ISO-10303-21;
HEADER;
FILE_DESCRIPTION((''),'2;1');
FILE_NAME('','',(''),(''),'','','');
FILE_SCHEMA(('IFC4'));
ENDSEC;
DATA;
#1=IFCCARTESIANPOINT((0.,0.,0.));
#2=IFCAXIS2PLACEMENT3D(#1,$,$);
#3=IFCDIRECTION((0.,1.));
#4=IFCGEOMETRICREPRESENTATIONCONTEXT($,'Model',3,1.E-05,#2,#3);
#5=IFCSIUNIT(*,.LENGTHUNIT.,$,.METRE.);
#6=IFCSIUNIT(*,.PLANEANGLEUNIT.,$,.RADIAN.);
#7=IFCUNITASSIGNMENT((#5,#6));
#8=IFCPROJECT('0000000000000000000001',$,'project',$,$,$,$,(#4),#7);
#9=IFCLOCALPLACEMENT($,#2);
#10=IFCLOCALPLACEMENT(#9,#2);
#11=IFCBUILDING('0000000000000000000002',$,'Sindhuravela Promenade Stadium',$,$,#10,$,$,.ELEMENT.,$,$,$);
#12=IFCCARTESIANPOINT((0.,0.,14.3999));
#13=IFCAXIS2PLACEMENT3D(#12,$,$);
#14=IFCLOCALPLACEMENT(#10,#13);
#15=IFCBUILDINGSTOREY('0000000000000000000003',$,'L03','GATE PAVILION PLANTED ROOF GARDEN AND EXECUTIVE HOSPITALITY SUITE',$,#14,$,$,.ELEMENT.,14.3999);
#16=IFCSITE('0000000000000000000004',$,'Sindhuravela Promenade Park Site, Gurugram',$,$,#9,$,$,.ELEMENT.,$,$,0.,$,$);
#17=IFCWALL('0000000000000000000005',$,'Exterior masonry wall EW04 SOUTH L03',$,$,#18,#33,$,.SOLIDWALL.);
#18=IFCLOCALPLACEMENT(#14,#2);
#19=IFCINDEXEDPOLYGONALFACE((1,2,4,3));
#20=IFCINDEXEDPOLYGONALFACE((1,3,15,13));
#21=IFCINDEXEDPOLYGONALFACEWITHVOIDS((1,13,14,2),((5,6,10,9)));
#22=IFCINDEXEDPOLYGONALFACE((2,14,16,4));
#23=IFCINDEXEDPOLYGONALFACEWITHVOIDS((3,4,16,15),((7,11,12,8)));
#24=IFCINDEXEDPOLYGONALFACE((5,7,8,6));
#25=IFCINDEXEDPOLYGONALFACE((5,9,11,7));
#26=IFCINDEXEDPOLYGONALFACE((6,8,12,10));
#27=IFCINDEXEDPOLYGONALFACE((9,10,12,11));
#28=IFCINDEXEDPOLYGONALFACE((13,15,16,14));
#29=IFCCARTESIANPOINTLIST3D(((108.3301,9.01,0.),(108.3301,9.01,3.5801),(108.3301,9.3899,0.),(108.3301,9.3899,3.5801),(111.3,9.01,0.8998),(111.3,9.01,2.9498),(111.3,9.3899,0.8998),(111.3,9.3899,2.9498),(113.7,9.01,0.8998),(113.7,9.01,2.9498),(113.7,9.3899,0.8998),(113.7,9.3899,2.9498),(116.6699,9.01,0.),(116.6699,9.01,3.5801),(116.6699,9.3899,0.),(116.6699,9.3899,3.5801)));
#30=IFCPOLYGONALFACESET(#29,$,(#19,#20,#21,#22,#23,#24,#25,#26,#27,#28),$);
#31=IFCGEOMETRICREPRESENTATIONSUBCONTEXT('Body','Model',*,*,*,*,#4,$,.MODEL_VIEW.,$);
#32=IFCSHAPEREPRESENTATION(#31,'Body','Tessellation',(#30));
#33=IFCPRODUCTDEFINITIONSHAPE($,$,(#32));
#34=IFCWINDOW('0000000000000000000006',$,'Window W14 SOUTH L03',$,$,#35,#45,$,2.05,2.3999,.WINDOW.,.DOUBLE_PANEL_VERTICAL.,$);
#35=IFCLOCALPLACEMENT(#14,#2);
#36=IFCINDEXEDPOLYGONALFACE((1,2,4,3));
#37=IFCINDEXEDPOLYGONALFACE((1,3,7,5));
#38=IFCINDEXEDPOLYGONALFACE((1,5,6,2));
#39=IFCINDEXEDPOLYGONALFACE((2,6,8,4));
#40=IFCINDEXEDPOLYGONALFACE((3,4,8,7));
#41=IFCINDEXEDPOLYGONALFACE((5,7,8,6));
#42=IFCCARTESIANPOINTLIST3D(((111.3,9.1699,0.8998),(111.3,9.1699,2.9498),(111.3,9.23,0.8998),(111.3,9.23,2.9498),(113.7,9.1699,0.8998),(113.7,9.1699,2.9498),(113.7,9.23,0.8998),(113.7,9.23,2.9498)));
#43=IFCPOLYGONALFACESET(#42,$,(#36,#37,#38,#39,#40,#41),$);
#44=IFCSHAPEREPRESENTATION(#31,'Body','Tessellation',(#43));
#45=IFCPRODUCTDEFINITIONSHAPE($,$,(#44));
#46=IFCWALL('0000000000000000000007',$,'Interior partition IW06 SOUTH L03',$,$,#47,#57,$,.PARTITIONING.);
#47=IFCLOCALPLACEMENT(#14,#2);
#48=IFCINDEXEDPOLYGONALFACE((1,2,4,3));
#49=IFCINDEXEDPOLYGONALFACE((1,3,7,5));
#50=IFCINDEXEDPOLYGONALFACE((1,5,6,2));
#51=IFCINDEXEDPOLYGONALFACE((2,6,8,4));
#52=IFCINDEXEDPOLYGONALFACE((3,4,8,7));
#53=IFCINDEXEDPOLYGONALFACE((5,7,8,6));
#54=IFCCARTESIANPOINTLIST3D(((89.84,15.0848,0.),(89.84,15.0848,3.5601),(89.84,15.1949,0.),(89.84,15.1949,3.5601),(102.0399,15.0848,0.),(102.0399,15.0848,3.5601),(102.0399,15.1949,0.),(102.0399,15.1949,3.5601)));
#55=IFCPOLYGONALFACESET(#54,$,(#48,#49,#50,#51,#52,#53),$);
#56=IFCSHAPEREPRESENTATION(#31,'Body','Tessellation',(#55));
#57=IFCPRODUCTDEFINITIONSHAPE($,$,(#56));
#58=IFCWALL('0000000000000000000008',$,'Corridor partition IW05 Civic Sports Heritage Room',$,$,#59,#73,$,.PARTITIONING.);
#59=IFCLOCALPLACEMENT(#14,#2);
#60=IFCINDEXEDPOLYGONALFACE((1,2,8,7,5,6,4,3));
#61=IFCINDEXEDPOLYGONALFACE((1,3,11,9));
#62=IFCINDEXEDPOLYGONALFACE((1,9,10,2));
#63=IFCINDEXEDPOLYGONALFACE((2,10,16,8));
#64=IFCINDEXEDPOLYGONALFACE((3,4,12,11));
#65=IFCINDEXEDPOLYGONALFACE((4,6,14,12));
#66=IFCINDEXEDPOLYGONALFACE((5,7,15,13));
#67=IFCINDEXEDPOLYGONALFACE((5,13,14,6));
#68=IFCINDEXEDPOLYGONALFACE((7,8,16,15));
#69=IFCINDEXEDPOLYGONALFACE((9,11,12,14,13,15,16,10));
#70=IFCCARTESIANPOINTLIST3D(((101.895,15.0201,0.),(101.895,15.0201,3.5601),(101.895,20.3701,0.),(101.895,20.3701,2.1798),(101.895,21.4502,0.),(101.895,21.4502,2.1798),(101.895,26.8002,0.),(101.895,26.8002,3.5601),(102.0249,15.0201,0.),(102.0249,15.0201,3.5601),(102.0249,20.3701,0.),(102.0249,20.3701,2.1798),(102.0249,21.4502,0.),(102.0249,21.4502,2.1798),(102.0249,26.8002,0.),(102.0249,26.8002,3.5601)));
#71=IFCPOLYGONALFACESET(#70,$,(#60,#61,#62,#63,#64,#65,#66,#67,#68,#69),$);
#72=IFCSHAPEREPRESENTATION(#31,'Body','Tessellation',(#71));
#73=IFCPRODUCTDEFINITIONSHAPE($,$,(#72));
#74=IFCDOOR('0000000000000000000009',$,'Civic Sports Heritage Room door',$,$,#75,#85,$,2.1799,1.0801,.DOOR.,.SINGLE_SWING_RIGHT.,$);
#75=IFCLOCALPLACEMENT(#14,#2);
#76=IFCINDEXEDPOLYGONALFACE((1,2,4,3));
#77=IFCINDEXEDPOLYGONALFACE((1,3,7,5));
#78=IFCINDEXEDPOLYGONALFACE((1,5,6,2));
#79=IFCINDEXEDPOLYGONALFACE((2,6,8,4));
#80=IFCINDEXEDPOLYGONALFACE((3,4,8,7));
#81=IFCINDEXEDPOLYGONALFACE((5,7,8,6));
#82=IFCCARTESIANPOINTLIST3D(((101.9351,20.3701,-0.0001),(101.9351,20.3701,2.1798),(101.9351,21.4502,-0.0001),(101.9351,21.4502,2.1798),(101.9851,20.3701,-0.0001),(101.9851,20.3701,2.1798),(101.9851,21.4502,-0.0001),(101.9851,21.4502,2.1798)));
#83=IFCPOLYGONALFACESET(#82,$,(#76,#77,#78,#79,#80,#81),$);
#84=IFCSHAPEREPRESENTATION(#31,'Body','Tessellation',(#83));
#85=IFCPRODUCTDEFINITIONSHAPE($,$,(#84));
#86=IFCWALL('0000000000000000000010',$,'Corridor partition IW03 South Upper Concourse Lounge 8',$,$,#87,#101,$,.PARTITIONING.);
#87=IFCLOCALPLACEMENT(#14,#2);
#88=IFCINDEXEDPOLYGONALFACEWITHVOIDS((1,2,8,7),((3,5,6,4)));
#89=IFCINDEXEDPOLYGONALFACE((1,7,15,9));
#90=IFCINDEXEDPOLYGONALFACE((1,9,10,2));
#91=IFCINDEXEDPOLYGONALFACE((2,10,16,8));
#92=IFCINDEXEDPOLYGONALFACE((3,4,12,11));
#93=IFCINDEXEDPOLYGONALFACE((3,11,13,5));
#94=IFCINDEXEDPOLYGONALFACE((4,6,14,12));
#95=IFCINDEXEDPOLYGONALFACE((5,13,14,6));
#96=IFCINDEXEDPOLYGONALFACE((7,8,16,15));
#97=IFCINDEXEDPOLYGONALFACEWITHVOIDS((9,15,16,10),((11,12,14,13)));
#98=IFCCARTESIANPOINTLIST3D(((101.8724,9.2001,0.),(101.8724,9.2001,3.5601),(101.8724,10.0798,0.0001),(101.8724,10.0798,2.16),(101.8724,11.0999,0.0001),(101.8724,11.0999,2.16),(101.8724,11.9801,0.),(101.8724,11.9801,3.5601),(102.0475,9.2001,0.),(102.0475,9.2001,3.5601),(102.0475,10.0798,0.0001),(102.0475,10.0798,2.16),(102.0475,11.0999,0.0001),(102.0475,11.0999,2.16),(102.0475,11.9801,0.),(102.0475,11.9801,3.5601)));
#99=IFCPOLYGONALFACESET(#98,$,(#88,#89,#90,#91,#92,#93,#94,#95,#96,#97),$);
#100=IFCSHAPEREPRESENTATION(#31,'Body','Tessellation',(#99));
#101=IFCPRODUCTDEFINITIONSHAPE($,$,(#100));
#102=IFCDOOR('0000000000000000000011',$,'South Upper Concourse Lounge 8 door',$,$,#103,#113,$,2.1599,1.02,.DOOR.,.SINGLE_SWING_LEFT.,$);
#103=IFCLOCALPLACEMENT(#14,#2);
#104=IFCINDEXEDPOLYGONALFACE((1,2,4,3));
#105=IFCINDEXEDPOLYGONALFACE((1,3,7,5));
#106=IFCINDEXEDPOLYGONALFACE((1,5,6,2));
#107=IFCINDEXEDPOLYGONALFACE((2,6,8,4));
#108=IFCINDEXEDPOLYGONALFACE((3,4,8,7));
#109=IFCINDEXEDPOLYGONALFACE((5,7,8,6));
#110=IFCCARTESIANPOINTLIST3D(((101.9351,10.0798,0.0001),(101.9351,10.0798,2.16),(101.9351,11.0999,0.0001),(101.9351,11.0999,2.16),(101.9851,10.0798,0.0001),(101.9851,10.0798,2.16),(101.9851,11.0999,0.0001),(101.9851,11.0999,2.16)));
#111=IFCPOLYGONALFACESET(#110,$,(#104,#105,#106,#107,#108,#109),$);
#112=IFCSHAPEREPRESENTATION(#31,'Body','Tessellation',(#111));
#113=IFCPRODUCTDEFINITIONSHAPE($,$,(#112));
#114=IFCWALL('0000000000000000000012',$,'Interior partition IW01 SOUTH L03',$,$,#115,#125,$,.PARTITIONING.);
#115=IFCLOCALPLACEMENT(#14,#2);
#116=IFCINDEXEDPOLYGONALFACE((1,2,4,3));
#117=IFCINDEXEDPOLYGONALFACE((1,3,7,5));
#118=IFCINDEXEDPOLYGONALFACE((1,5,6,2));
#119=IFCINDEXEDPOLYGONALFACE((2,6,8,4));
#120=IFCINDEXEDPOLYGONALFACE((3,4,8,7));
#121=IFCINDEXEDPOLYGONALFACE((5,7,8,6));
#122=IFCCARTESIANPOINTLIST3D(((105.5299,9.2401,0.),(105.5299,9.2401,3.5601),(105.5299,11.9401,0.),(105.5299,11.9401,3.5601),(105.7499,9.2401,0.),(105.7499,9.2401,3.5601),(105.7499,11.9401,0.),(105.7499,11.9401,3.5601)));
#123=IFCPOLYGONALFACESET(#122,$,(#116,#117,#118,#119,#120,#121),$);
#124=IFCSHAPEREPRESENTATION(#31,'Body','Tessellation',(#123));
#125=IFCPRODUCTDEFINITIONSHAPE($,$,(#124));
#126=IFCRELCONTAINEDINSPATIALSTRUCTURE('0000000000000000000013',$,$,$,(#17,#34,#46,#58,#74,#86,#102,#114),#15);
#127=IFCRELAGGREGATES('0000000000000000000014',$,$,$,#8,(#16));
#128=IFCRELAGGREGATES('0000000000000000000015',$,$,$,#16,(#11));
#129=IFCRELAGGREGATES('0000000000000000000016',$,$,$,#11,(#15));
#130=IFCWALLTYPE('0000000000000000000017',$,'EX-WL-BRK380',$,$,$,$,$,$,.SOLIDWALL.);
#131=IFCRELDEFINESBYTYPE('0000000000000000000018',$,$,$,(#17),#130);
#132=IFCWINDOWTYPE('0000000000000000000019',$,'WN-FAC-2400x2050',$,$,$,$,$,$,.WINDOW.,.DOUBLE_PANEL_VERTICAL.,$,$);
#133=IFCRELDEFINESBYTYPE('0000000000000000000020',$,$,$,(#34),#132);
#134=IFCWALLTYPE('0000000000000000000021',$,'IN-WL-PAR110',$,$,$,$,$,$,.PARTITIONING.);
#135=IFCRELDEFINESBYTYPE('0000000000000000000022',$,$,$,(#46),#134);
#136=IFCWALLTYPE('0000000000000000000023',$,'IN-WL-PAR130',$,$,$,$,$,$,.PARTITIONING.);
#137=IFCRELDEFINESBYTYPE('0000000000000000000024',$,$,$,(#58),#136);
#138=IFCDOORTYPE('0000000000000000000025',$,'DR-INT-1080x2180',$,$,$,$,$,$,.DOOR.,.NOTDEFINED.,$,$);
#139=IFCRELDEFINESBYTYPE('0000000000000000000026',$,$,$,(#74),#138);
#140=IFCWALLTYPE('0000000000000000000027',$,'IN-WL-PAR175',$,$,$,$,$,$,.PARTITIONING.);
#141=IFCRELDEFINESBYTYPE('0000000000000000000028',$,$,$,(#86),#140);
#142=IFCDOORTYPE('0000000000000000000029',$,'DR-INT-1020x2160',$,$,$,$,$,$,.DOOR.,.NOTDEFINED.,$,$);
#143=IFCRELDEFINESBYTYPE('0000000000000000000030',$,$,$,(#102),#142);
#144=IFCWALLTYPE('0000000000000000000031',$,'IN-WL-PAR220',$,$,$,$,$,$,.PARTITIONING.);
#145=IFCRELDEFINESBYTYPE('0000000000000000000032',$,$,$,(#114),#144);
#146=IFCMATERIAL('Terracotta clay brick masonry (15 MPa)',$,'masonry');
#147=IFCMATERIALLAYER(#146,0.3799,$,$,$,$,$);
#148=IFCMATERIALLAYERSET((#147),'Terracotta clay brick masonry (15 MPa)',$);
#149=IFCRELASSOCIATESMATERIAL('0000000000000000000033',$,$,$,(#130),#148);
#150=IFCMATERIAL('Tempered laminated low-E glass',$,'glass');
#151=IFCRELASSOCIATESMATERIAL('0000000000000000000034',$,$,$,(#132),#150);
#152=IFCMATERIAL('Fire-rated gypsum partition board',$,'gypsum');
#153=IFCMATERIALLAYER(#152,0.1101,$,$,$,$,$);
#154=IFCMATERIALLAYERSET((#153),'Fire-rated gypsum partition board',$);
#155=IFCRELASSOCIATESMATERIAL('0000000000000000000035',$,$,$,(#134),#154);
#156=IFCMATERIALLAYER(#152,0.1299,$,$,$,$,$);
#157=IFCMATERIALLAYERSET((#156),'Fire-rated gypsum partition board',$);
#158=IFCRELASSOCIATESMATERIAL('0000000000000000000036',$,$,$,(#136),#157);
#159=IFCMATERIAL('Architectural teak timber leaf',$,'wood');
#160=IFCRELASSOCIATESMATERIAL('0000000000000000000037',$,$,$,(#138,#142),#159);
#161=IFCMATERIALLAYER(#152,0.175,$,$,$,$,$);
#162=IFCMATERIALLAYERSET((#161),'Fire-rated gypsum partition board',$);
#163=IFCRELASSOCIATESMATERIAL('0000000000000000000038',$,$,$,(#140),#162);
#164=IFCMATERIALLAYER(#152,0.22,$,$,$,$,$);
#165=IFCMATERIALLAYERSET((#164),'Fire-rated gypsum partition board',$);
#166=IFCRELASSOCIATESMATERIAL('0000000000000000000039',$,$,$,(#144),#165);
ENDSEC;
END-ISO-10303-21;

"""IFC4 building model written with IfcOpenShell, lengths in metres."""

from ifc_helpers import new_model, si_unit, direction, frame, frame_2d, origin, place, context, subcontext, project, spatial, rectangle, extrude, material, layer, layer_set, type_object, element, fill, save


model = new_model("IFC4")

# Units and contexts
model_context = context("Model", 3, precision=1e-05, world=origin(), true_north=direction((0.0, 1.0)))
body_context = subcontext(model_context, "Body", "Model", "MODEL_VIEW")
ifc_project = project(units=[si_unit("LENGTHUNIT", "METRE"), si_unit("PLANEANGLEUNIT", "RADIAN")], contexts=[model_context])

# Site, building, storey
site_placement = place(None, origin())
site = spatial("IfcSite", under=ifc_project, at=site_placement, Name="Sindhuravela Promenade Park Site, Gurugram", CompositionType="ELEMENT", RefElevation=0.0)
building_placement = place(site_placement, origin())
building = spatial("IfcBuilding", under=site, at=building_placement, Name="Sindhuravela Promenade Stadium", CompositionType="ELEMENT")
storey_placement = place(building_placement, frame((0.0, 0.0, 14.3999)))
storey = spatial("IfcBuildingStorey", under=building, at=storey_placement, Name="L03", Description="GATE PAVILION PLANTED ROOF GARDEN AND EXECUTIVE HOSPITALITY SUITE", CompositionType="ELEMENT", Elevation=14.3999)

# Wall, opening, window
ifc_material_1 = material(Name="Terracotta clay brick masonry (15 MPa)", Category="masonry")
ifc_material_2 = material(Name="Tempered laminated low-E glass", Category="glass")
ifc_layer_1 = layer(ifc_material_1, 0.3799)
ifc_layer_set_1 = layer_set([ifc_layer_1], Name="Terracotta clay brick masonry (15 MPa)")
wall_type_1 = type_object("IfcWallType", Name="EX-WL-BRK380", PredefinedType="SOLIDWALL", material=ifc_layer_set_1)
wall_1_placement = place(storey_placement, frame((116.6699, 9.2, 0.0), z_axis=(0.0, 0.0, 1.0), x_axis=(-1.0, 0.0, 0.0)))
wall_1 = element("IfcWall", 1, at=wall_1_placement, inside=storey, type_object=wall_type_1, Name="Exterior masonry wall EW04 SOUTH L03", PredefinedType="SOLIDWALL", context=body_context, shape_type="SweptSolid", body=[
    extrude(rectangle(XDim=8.3398, YDim=0.3799, at=frame_2d((4.1699, 0.0))), origin(), (0.0, 0.0, 1.0), 3.5801),
])
opening_1_placement = place(wall_1_placement, frame((2.97, 0.0, 0.8999)))
opening_1 = element("IfcOpeningElement", 2, at=opening_1_placement, cuts=wall_1, PredefinedType="OPENING", context=body_context, shape_type="SweptSolid", body=[
    extrude(rectangle(XDim=2.3999, YDim=2.05, at=frame_2d((1.2, 1.0249))), frame((0.0, 0.2, 0.0), z_axis=(0.0, -1.0, 0.0), x_axis=(1.0, 0.0, 0.0)), (0.0, 0.0, 1.0), 0.3999),
])
window_type_1 = type_object("IfcWindowType", Name="WN-FAC-2400x2050", PartitioningType="DOUBLE_PANEL_VERTICAL", PredefinedType="WINDOW", material=ifc_material_2)
window_1_placement = place(opening_1_placement, origin())
window_1 = element("IfcWindow", 3, at=window_1_placement, inside=storey, type_object=window_type_1, Name="Window W14 SOUTH L03", OverallHeight=2.05, OverallWidth=2.3999, PartitioningType="DOUBLE_PANEL_VERTICAL", PredefinedType="WINDOW", context=body_context, shape_type="SweptSolid", body=[
    extrude(rectangle(XDim=2.3999, YDim=2.05, at=frame_2d((1.2, 1.0249))), frame((0.0, 0.03, 0.0), z_axis=(0.0, -1.0, 0.0), x_axis=(1.0, 0.0, 0.0)), (0.0, 0.0, 1.0), 0.0601),
])
fill(opening_1, window_1)

# Wall
ifc_material_3 = material(Name="Fire-rated gypsum partition board", Category="gypsum")
ifc_layer_2 = layer(ifc_material_3, 0.1101)
ifc_layer_set_2 = layer_set([ifc_layer_2], Name="Fire-rated gypsum partition board")
wall_type_2 = type_object("IfcWallType", Name="IN-WL-PAR110", PredefinedType="PARTITIONING", material=ifc_layer_set_2)
wall_2_placement = place(storey_placement, frame((102.04, 15.1399, 0.0), z_axis=(0.0, 0.0, 1.0), x_axis=(-1.0, 0.0, 0.0)))
element("IfcWall", 4, at=wall_2_placement, inside=storey, type_object=wall_type_2, Name="Interior partition IW06 SOUTH L03", PredefinedType="PARTITIONING", context=body_context, shape_type="SweptSolid", body=[
    extrude(rectangle(XDim=12.2, YDim=0.1101, at=frame_2d((6.1001, 0.0))), origin(), (0.0, 0.0, 1.0), 3.5601),
])

# Walls, openings, doors
ifc_layer_3 = layer(ifc_material_3, 0.1299)
ifc_layer_set_3 = layer_set([ifc_layer_3], Name="Fire-rated gypsum partition board")
wall_type_3 = type_object("IfcWallType", Name="IN-WL-PAR130", PredefinedType="PARTITIONING", material=ifc_layer_set_3)
wall_3_placement = place(storey_placement, frame((101.96, 15.02, 0.0), z_axis=(0.0, 0.0, 1.0), x_axis=(0.0, 1.0, 0.0)))
wall_3 = element("IfcWall", 5, at=wall_3_placement, inside=storey, type_object=wall_type_3, Name="Corridor partition IW05 Civic Sports Heritage Room", PredefinedType="PARTITIONING", context=body_context, shape_type="SweptSolid", body=[
    extrude(rectangle(XDim=11.78, YDim=0.1299, at=frame_2d((5.8901, 0.0))), origin(), (0.0, 0.0, 1.0), 3.5601),
])
opening_2_placement = place(wall_3_placement, frame((5.3501, 0.0, 0.0)))
opening_2 = element("IfcOpeningElement", 6, at=opening_2_placement, cuts=wall_3, PredefinedType="OPENING", context=body_context, shape_type="SweptSolid", body=[
    extrude(rectangle(XDim=1.0801, YDim=2.1799, at=frame_2d((0.54, 1.0898))), frame((0.0, 0.075, 0.0), z_axis=(0.0, -1.0, 0.0), x_axis=(1.0, 0.0, 0.0)), (0.0, 0.0, 1.0), 0.1499),
])
ifc_material_4 = material(Name="Architectural teak timber leaf", Category="wood")
door_type_1 = type_object("IfcDoorType", Name="DR-INT-1080x2180", OperationType="NOTDEFINED", PredefinedType="DOOR", material=ifc_material_4)
door_1_placement = place(opening_2_placement, origin())
door_1 = element("IfcDoor", 7, at=door_1_placement, inside=storey, type_object=door_type_1, Name="Civic Sports Heritage Room door", OperationType="SINGLE_SWING_RIGHT", OverallHeight=2.1799, OverallWidth=1.0801, PredefinedType="DOOR", context=body_context, shape_type="SweptSolid", body=[
    extrude(rectangle(XDim=1.0801, YDim=2.1799, at=frame_2d((0.54, 1.0898))), frame((0.0, 0.0249, 0.0), z_axis=(0.0, -1.0, 0.0), x_axis=(1.0, 0.0, 0.0)), (0.0, 0.0, 1.0), 0.05),
])
fill(opening_2, door_1)
ifc_layer_4 = layer(ifc_material_3, 0.175)
ifc_layer_set_4 = layer_set([ifc_layer_4], Name="Fire-rated gypsum partition board")
wall_type_4 = type_object("IfcWallType", Name="IN-WL-PAR175", PredefinedType="PARTITIONING", material=ifc_layer_set_4)
wall_4_placement = place(storey_placement, frame((101.96, 9.2, 0.0), z_axis=(0.0, 0.0, 1.0), x_axis=(0.0, 1.0, 0.0)))
wall_4 = element("IfcWall", 8, at=wall_4_placement, inside=storey, type_object=wall_type_4, Name="Corridor partition IW03 South Upper Concourse Lounge 8", PredefinedType="PARTITIONING", context=body_context, shape_type="SweptSolid", body=[
    extrude(rectangle(XDim=2.78, YDim=0.175, at=frame_2d((1.3901, 0.0))), origin(), (0.0, 0.0, 1.0), 3.5601),
])
opening_3_placement = place(wall_4_placement, frame((0.8799, 0.0, 0.0)))
opening_3 = element("IfcOpeningElement", 9, at=opening_3_placement, cuts=wall_4, PredefinedType="OPENING", context=body_context, shape_type="SweptSolid", body=[
    extrude(rectangle(XDim=1.02, YDim=2.1599, at=frame_2d((0.51, 1.0801))), frame((0.0, 0.0974, 0.0), z_axis=(0.0, -1.0, 0.0), x_axis=(1.0, 0.0, 0.0)), (0.0, 0.0, 1.0), 0.1951),
])
door_type_2 = type_object("IfcDoorType", Name="DR-INT-1020x2160", OperationType="NOTDEFINED", PredefinedType="DOOR", material=ifc_material_4)
door_2_placement = place(opening_3_placement, origin())
door_2 = element("IfcDoor", 10, at=door_2_placement, inside=storey, type_object=door_type_2, Name="South Upper Concourse Lounge 8 door", OperationType="SINGLE_SWING_LEFT", OverallHeight=2.1599, OverallWidth=1.02, PredefinedType="DOOR", context=body_context, shape_type="SweptSolid", body=[
    extrude(rectangle(XDim=1.02, YDim=2.1599, at=frame_2d((0.51, 1.0801))), frame((0.0, 0.0249, 0.0), z_axis=(0.0, -1.0, 0.0), x_axis=(1.0, 0.0, 0.0)), (0.0, 0.0, 1.0), 0.05),
])
fill(opening_3, door_2)

# Wall
ifc_layer_5 = layer(ifc_material_3, 0.22)
ifc_layer_set_5 = layer_set([ifc_layer_5], Name="Fire-rated gypsum partition board")
wall_type_5 = type_object("IfcWallType", Name="IN-WL-PAR220", PredefinedType="PARTITIONING", material=ifc_layer_set_5)
wall_5_placement = place(storey_placement, frame((105.6399, 9.24, 0.0), z_axis=(0.0, 0.0, 1.0), x_axis=(0.0, 1.0, 0.0)))
element("IfcWall", 11, at=wall_5_placement, inside=storey, type_object=wall_type_5, Name="Interior partition IW01 SOUTH L03", PredefinedType="PARTITIONING", context=body_context, shape_type="SweptSolid", body=[
    extrude(rectangle(XDim=2.7, YDim=0.22, at=frame_2d((1.3501, 0.0))), origin(), (0.0, 0.0, 1.0), 3.5601),
])

save(model, "model.ifc")
